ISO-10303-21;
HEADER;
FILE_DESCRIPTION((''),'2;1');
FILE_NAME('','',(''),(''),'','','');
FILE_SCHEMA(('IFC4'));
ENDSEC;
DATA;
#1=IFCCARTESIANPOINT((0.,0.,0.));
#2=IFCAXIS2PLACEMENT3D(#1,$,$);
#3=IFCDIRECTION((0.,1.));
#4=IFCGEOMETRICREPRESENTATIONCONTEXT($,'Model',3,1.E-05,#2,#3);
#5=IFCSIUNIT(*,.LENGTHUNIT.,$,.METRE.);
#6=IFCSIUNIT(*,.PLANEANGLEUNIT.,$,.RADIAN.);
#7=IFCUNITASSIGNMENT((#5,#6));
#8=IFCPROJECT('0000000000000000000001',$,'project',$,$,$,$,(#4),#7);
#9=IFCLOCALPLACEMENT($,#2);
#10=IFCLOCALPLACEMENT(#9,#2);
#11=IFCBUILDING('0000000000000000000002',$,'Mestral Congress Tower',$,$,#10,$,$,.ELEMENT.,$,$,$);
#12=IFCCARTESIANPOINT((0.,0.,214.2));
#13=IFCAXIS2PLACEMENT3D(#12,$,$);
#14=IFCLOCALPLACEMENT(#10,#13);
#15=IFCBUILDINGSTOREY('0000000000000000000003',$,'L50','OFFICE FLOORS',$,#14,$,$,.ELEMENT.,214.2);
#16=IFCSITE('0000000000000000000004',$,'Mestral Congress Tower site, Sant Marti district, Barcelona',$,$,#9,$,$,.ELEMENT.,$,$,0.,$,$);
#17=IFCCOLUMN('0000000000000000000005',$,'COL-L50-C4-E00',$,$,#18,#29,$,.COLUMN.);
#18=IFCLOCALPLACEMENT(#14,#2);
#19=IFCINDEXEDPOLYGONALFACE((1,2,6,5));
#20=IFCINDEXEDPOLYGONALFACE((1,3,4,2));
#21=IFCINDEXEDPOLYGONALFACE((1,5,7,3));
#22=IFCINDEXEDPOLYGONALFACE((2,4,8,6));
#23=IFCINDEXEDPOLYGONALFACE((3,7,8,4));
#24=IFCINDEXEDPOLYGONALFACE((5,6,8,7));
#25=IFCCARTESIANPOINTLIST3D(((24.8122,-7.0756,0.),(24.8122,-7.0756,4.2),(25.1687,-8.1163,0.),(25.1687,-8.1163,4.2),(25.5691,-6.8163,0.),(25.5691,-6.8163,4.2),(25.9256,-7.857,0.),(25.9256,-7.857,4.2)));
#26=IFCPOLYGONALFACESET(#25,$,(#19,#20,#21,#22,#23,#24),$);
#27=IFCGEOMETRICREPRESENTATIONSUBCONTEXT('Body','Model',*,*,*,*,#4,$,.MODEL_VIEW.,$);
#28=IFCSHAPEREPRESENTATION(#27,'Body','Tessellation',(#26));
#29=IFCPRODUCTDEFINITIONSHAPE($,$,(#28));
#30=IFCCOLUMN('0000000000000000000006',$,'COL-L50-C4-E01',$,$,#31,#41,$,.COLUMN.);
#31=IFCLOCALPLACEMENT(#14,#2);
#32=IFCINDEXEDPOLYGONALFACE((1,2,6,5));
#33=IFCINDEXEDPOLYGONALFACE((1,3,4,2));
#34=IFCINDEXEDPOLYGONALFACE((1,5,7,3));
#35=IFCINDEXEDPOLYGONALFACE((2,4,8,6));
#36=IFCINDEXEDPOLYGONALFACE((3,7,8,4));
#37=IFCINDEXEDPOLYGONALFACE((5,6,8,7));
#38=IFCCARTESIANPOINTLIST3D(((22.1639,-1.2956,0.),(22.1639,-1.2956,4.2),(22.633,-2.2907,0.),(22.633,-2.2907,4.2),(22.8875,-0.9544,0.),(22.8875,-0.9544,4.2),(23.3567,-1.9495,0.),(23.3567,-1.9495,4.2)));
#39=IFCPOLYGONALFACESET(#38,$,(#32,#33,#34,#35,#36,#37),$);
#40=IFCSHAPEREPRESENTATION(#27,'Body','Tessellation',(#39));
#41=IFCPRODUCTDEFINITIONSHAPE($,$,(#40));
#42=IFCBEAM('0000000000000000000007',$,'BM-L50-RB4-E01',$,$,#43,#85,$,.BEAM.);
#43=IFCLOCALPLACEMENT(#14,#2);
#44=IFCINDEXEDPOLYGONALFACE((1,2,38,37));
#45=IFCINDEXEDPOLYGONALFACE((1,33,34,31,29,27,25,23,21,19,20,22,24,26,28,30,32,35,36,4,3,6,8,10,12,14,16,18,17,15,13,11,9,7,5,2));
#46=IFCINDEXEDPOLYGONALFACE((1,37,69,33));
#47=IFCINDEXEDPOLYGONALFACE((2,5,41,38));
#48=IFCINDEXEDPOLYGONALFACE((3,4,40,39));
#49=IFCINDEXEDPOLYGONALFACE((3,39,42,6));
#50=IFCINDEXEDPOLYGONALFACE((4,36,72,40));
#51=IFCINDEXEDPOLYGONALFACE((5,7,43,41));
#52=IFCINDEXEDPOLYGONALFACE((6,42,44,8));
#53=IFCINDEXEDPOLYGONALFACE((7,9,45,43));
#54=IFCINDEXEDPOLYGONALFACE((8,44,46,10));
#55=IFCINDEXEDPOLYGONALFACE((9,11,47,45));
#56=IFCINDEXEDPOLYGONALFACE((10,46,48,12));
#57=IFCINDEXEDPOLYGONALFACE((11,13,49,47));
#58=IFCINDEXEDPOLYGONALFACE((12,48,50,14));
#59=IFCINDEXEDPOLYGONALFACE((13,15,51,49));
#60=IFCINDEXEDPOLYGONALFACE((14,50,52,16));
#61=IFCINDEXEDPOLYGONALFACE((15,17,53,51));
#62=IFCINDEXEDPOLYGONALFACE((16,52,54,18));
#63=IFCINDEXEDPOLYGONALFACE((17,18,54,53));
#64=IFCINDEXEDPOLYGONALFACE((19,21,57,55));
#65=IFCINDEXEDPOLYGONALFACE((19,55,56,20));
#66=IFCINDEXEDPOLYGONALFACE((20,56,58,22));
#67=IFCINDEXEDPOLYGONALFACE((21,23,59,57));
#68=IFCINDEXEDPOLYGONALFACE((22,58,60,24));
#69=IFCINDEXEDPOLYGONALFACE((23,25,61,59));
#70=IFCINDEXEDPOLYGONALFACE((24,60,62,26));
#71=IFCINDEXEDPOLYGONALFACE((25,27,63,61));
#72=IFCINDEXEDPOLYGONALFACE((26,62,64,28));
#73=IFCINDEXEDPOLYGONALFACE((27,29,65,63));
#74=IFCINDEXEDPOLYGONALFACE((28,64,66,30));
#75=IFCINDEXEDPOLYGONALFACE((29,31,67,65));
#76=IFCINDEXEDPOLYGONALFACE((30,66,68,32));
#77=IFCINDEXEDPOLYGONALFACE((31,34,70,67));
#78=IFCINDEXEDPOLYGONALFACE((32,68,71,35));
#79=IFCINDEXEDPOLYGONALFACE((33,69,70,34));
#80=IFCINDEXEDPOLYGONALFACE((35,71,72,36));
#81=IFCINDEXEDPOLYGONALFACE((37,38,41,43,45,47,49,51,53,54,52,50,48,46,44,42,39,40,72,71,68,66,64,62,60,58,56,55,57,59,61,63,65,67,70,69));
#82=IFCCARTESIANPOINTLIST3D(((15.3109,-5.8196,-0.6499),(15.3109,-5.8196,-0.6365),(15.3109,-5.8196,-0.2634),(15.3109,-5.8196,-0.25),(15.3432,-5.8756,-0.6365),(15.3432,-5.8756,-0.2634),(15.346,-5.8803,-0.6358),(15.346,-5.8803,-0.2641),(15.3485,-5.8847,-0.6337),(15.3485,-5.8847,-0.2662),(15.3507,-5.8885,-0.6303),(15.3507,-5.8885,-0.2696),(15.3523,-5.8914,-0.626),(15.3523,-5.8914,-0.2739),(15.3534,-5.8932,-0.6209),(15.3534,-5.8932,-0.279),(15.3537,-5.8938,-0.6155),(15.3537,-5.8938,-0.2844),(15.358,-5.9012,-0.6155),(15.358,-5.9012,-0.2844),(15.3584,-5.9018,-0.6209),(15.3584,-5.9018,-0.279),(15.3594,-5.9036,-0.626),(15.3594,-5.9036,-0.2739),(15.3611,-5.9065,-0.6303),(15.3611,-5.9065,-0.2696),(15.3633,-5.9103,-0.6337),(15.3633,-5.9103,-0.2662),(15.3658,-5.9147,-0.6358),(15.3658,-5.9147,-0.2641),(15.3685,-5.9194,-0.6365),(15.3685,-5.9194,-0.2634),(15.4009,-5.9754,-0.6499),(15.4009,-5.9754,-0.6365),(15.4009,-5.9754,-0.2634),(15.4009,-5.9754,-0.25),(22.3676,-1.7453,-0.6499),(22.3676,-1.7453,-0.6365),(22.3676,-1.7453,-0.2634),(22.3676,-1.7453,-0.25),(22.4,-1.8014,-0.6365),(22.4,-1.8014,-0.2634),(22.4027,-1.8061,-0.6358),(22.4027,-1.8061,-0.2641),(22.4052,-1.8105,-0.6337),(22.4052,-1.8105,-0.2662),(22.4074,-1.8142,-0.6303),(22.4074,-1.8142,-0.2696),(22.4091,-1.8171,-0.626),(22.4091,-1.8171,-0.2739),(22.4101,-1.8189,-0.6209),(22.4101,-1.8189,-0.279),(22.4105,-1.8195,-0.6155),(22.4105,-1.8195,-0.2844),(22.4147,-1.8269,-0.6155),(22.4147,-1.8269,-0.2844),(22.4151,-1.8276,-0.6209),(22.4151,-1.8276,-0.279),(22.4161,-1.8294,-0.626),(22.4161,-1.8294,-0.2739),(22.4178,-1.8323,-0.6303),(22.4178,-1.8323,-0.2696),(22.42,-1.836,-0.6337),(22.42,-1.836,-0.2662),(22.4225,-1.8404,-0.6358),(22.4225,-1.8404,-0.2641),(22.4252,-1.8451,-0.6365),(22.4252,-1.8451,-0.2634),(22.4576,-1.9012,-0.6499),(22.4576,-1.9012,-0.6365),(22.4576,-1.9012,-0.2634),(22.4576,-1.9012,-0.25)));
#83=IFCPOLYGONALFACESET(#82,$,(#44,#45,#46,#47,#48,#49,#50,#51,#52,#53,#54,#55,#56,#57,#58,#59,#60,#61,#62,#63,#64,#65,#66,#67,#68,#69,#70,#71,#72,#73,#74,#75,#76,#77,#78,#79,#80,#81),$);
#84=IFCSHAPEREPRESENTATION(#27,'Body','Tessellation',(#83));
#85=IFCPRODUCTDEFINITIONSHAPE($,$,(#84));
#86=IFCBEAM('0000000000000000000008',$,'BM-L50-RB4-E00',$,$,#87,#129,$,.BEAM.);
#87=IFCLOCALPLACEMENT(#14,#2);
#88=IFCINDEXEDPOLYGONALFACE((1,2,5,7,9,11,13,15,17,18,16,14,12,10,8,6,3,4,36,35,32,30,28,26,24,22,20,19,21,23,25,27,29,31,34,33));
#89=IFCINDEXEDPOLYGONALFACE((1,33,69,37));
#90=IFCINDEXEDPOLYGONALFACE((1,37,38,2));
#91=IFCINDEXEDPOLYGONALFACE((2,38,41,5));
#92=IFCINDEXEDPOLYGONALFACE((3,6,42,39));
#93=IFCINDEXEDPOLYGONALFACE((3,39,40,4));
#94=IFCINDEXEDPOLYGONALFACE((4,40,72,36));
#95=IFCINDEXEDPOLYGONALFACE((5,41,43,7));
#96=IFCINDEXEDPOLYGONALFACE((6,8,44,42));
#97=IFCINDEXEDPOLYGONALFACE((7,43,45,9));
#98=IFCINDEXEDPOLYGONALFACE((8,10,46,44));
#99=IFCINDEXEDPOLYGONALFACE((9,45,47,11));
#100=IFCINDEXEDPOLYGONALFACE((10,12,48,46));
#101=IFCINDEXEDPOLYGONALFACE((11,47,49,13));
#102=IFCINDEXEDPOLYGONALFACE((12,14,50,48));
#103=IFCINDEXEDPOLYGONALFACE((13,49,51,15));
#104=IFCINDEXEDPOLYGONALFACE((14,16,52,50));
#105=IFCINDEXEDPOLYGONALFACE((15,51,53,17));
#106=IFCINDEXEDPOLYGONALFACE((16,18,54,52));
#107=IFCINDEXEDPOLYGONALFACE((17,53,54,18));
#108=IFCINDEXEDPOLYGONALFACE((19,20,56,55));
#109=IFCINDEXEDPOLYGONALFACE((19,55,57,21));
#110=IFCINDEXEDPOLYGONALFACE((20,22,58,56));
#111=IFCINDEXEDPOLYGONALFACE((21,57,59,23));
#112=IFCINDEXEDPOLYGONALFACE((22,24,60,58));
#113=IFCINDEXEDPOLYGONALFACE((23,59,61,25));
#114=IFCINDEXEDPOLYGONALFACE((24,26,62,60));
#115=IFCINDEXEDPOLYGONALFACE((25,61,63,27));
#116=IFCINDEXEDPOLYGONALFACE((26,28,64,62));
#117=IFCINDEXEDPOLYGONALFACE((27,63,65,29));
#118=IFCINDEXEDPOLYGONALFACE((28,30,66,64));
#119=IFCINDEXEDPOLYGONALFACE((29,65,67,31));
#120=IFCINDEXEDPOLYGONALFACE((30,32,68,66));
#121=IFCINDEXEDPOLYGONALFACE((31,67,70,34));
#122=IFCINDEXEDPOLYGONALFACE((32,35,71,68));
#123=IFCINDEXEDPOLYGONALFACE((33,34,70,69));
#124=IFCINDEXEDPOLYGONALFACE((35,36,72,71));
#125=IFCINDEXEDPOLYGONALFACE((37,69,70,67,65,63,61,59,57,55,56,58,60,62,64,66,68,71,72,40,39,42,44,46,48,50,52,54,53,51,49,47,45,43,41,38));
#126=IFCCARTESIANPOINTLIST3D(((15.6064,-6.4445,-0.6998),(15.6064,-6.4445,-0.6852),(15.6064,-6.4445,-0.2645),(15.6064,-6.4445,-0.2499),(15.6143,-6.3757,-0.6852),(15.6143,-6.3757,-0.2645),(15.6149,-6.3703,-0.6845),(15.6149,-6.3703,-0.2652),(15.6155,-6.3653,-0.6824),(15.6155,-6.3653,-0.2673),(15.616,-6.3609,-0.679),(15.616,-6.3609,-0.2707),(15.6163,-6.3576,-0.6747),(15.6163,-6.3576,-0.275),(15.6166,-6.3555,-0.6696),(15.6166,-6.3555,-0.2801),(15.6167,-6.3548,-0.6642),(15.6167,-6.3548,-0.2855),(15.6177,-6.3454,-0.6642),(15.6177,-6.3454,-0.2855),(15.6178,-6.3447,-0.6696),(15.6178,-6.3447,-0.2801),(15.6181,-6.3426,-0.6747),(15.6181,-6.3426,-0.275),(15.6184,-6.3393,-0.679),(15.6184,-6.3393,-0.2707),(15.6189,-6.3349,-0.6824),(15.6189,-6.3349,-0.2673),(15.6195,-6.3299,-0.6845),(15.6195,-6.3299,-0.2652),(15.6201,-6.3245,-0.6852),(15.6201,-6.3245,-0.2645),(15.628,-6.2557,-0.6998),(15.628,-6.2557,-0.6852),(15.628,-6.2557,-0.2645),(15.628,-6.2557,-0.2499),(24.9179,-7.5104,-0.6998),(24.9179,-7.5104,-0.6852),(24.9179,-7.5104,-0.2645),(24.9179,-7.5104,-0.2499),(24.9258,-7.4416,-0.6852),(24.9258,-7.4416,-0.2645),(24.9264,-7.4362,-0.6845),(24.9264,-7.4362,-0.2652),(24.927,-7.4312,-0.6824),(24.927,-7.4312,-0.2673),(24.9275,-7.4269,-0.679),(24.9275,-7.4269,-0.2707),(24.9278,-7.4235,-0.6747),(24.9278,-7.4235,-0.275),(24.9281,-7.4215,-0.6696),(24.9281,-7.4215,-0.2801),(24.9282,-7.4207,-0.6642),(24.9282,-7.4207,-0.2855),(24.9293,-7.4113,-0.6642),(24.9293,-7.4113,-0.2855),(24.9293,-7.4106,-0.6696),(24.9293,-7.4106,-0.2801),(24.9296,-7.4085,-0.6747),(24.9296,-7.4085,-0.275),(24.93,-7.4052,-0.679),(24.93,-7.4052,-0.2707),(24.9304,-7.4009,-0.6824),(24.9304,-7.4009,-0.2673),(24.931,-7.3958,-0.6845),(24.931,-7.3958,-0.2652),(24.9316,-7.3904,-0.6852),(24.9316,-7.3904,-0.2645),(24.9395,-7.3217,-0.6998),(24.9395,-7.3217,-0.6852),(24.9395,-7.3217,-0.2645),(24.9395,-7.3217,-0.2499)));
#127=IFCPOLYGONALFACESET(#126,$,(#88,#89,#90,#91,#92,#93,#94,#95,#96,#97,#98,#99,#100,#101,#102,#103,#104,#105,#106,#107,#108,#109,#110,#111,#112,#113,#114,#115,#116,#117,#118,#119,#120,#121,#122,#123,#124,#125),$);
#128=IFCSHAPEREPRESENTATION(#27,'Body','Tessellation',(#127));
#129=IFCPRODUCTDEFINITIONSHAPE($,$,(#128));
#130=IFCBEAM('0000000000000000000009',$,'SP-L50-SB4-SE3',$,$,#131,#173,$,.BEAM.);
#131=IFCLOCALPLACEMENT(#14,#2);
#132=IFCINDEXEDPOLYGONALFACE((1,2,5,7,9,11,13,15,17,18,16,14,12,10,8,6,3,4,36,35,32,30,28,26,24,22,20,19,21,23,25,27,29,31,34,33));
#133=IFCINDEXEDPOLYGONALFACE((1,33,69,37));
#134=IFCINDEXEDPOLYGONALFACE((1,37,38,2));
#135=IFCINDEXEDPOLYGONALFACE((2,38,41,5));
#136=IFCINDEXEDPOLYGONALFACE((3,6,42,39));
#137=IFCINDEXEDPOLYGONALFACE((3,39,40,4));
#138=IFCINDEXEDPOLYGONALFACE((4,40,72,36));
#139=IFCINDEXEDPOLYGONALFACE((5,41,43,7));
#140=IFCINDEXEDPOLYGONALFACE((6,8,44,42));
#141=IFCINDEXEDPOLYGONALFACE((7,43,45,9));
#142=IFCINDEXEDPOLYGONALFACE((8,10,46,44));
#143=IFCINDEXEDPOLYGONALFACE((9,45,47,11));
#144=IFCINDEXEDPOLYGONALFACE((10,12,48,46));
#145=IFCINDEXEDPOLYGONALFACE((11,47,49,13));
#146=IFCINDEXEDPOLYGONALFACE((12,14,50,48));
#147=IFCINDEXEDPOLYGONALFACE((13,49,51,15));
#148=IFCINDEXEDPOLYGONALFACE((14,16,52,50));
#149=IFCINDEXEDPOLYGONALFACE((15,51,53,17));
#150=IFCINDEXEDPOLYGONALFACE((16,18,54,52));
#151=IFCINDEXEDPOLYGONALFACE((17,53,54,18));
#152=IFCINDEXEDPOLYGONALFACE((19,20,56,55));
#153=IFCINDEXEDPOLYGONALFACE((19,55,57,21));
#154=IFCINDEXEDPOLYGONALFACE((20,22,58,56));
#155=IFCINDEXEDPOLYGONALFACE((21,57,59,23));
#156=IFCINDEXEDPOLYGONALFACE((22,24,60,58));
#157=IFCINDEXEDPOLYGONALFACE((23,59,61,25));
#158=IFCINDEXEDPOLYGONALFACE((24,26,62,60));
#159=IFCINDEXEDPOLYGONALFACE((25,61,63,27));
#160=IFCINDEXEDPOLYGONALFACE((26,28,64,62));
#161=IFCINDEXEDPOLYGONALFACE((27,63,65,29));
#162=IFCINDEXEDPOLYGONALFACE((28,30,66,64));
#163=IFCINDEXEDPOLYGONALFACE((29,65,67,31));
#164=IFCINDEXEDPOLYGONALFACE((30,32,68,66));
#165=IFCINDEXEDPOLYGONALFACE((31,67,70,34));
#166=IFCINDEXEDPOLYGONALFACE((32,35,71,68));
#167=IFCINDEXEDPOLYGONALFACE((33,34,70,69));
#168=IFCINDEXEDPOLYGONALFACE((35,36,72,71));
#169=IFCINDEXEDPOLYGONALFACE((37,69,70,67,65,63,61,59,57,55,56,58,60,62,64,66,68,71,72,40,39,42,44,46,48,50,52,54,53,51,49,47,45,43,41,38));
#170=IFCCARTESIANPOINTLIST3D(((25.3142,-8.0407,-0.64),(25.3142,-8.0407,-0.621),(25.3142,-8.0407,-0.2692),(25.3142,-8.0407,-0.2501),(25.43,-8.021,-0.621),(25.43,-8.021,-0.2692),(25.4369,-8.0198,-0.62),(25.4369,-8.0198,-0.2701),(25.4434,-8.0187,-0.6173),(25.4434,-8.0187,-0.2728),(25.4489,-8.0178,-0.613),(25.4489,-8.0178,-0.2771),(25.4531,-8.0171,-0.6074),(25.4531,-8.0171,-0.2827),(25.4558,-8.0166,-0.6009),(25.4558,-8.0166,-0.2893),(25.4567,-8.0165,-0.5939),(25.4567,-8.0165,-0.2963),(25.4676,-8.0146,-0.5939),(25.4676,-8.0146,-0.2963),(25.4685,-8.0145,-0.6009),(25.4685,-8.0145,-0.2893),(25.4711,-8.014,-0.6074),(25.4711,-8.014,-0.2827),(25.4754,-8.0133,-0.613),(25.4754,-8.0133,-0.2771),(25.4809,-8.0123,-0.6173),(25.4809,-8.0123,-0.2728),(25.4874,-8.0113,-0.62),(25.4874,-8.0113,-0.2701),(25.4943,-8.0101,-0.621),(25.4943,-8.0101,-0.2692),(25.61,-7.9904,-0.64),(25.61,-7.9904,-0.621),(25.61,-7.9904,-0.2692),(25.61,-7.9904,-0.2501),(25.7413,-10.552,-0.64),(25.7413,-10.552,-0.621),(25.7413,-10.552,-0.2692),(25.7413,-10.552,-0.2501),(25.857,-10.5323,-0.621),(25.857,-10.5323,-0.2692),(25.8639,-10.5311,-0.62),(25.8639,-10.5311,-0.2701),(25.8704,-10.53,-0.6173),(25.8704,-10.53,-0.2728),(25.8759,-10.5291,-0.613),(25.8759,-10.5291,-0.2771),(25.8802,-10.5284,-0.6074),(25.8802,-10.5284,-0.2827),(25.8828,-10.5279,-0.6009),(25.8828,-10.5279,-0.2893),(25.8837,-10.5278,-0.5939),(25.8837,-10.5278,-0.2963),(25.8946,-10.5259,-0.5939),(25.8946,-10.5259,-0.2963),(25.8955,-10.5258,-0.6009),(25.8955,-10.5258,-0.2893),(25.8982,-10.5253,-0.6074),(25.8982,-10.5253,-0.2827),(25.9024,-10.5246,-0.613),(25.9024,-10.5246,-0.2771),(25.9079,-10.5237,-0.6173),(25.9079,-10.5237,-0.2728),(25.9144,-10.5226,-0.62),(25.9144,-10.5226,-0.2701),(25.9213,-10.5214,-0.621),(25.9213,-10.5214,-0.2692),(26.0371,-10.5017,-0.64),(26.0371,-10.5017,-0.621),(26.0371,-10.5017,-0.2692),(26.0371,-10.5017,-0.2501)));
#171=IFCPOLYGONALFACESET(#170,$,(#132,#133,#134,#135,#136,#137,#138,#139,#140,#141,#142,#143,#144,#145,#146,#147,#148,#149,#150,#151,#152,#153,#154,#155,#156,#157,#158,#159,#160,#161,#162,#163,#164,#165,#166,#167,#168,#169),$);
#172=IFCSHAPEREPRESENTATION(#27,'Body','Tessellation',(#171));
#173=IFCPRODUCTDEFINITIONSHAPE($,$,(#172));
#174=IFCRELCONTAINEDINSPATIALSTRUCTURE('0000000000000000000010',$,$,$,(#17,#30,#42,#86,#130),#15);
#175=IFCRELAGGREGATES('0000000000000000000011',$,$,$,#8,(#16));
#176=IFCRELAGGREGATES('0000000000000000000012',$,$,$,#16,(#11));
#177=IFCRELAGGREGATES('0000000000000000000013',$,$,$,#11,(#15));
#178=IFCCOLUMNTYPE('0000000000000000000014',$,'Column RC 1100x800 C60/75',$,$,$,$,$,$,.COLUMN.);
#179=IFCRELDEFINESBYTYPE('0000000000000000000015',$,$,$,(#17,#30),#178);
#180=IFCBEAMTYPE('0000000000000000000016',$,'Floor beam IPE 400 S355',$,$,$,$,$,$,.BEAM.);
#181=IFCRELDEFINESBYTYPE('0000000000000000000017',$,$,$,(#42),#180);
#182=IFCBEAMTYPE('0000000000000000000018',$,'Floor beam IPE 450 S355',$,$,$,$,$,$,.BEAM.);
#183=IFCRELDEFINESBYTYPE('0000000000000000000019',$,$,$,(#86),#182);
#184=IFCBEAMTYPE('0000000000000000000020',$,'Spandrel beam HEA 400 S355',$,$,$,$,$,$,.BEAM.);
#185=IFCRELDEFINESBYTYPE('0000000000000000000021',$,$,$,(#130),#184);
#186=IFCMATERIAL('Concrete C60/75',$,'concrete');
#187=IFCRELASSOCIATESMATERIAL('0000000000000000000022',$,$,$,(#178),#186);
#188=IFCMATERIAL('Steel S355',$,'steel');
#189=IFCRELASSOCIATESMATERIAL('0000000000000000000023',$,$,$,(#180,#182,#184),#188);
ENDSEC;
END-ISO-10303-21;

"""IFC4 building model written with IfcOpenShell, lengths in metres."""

from ifc_helpers import new_model, si_unit, direction, frame, origin, origin_2d, place, context, subcontext, project, spatial, rectangle, i_section, extrude, material, material_profile, profile_set, type_object, element, save


model = new_model("IFC4")

# Units and contexts
model_context = context("Model", 3, precision=1e-05, world=origin(), true_north=direction((0.0, 1.0)))
body_context = subcontext(model_context, "Body", "Model", "MODEL_VIEW")
ifc_project = project(units=[si_unit("LENGTHUNIT", "METRE"), si_unit("PLANEANGLEUNIT", "RADIAN")], contexts=[model_context])

# Site, building, storey
site_placement = place(None, origin())
site = spatial("IfcSite", under=ifc_project, at=site_placement, Name="Mestral Congress Tower site, Sant Marti district, Barcelona", CompositionType="ELEMENT", RefElevation=0.0)
building_placement = place(site_placement, origin())
building = spatial("IfcBuilding", under=site, at=building_placement, Name="Mestral Congress Tower", CompositionType="ELEMENT")
storey_placement = place(building_placement, frame((0.0, 0.0, 214.2)))
storey = spatial("IfcBuildingStorey", under=building, at=storey_placement, Name="L50", Description="OFFICE FLOORS", CompositionType="ELEMENT", Elevation=214.2)

# Columns
ifc_material_1 = material(Name="Concrete C60/75", Category="concrete")
ifc_material_profile_1 = material_profile(ifc_material_1, rectangle(XDim=1.1001, YDim=0.8, at=origin_2d()), Name="RC 1100x800")
ifc_profile_set_1 = profile_set([ifc_material_profile_1], Name="Concrete C60/75")
column_type = type_object("IfcColumnType", Name="Column RC 1100x800 C60/75", PredefinedType="COLUMN", material=ifc_profile_set_1)
for number, where, z_axis, x_axis, name in (
    (1, (25.3689, -7.4663, 0.0), (0.0, 0.0, 1.0), (-0.324074, 0.946032, 0.0), "COL-L50-C4-E00"),
    (2, (22.7603, -1.6226, 0.0), (0.0, 0.0, 1.0), (-0.426472, 0.904501, 0.0), "COL-L50-C4-E01"),
):
    element("IfcColumn", number, at=place(storey_placement, frame(where, z_axis=z_axis, x_axis=x_axis)), inside=storey, type_object=column_type, Name=name, PredefinedType="COLUMN", context=body_context, shape_type="SweptSolid", body=[
        extrude(rectangle(XDim=1.1001, YDim=0.8, at=origin_2d()), origin(), (0.0, 0.0, 1.0), 4.2),
    ])

# Beams
ifc_material_2 = material(Name="Steel S355", Category="steel")
ifc_material_profile_2 = material_profile(ifc_material_2, i_section(OverallWidth=0.1799, OverallDepth=0.3999, WebThickness=0.0085, FlangeThickness=0.0134, FilletRadius=0.021, at=origin_2d()), Name="IPE 400")
ifc_profile_set_2 = profile_set([ifc_material_profile_2], Name="Steel S355")
beam_type_1 = type_object("IfcBeamType", Name="Floor beam IPE 400 S355", PredefinedType="BEAM", material=ifc_profile_set_2)
beam_1_placement = place(storey_placement, frame((22.4126, -1.8232, -0.45), z_axis=(-0.866022, -0.500006, 0.0), x_axis=(0.500006, -0.866022, 0.0)))
element("IfcBeam", 3, at=beam_1_placement, inside=storey, type_object=beam_type_1, Name="BM-L50-RB4-E01", PredefinedType="BEAM", context=body_context, shape_type="SweptSolid", body=[
    extrude(i_section(OverallWidth=0.1799, OverallDepth=0.3999, WebThickness=0.0085, FlangeThickness=0.0134, FilletRadius=0.021, at=origin_2d()), origin(), (0.0, 0.0, 1.0), 8.1484),
])
ifc_material_profile_3 = material_profile(ifc_material_2, i_section(OverallWidth=0.1899, OverallDepth=0.45, WebThickness=0.0095, FlangeThickness=0.0146, FilletRadius=0.021, at=origin_2d()), Name="IPE 450")
ifc_profile_set_3 = profile_set([ifc_material_profile_3], Name="Steel S355")
beam_type_2 = type_object("IfcBeamType", Name="Floor beam IPE 450 S355", PredefinedType="BEAM", material=ifc_profile_set_3)
beam_2_placement = place(storey_placement, frame((24.9287, -7.416, -0.4749), z_axis=(-0.993512, 0.11373, 0.0), x_axis=(-0.11373, -0.993512, 0.0)))
element("IfcBeam", 4, at=beam_2_placement, inside=storey, type_object=beam_type_2, Name="BM-L50-RB4-E00", PredefinedType="BEAM", context=body_context, shape_type="SweptSolid", body=[
    extrude(i_section(OverallWidth=0.1899, OverallDepth=0.45, WebThickness=0.0095, FlangeThickness=0.0146, FilletRadius=0.021, at=origin_2d()), origin(), (0.0, 0.0, 1.0), 9.3723),
])
ifc_material_profile_4 = material_profile(ifc_material_2, i_section(OverallWidth=0.3, OverallDepth=0.3899, WebThickness=0.011, FlangeThickness=0.019, FilletRadius=0.0271, at=origin_2d()), Name="HEA 400")
ifc_profile_set_4 = profile_set([ifc_material_profile_4], Name="Steel S355")
beam_type_3 = type_object("IfcBeamType", Name="Spandrel beam HEA 400 S355", PredefinedType="BEAM", material=ifc_profile_set_4)
beam_3_placement = place(storey_placement, frame((25.8892, -10.5269, -0.4451), z_axis=(-0.167631, 0.98585, 0.0), x_axis=(-0.98585, -0.167631, 0.0)))
element("IfcBeam", 5, at=beam_3_placement, inside=storey, type_object=beam_type_3, Name="SP-L50-SB4-SE3", PredefinedType="BEAM", context=body_context, shape_type="SweptSolid", body=[
    extrude(i_section(OverallWidth=0.3, OverallDepth=0.3899, WebThickness=0.011, FlangeThickness=0.019, FilletRadius=0.0271, at=origin_2d()), origin(), (0.0, 0.0, 1.0), 2.5474),
])

save(model, "model.ifc")
